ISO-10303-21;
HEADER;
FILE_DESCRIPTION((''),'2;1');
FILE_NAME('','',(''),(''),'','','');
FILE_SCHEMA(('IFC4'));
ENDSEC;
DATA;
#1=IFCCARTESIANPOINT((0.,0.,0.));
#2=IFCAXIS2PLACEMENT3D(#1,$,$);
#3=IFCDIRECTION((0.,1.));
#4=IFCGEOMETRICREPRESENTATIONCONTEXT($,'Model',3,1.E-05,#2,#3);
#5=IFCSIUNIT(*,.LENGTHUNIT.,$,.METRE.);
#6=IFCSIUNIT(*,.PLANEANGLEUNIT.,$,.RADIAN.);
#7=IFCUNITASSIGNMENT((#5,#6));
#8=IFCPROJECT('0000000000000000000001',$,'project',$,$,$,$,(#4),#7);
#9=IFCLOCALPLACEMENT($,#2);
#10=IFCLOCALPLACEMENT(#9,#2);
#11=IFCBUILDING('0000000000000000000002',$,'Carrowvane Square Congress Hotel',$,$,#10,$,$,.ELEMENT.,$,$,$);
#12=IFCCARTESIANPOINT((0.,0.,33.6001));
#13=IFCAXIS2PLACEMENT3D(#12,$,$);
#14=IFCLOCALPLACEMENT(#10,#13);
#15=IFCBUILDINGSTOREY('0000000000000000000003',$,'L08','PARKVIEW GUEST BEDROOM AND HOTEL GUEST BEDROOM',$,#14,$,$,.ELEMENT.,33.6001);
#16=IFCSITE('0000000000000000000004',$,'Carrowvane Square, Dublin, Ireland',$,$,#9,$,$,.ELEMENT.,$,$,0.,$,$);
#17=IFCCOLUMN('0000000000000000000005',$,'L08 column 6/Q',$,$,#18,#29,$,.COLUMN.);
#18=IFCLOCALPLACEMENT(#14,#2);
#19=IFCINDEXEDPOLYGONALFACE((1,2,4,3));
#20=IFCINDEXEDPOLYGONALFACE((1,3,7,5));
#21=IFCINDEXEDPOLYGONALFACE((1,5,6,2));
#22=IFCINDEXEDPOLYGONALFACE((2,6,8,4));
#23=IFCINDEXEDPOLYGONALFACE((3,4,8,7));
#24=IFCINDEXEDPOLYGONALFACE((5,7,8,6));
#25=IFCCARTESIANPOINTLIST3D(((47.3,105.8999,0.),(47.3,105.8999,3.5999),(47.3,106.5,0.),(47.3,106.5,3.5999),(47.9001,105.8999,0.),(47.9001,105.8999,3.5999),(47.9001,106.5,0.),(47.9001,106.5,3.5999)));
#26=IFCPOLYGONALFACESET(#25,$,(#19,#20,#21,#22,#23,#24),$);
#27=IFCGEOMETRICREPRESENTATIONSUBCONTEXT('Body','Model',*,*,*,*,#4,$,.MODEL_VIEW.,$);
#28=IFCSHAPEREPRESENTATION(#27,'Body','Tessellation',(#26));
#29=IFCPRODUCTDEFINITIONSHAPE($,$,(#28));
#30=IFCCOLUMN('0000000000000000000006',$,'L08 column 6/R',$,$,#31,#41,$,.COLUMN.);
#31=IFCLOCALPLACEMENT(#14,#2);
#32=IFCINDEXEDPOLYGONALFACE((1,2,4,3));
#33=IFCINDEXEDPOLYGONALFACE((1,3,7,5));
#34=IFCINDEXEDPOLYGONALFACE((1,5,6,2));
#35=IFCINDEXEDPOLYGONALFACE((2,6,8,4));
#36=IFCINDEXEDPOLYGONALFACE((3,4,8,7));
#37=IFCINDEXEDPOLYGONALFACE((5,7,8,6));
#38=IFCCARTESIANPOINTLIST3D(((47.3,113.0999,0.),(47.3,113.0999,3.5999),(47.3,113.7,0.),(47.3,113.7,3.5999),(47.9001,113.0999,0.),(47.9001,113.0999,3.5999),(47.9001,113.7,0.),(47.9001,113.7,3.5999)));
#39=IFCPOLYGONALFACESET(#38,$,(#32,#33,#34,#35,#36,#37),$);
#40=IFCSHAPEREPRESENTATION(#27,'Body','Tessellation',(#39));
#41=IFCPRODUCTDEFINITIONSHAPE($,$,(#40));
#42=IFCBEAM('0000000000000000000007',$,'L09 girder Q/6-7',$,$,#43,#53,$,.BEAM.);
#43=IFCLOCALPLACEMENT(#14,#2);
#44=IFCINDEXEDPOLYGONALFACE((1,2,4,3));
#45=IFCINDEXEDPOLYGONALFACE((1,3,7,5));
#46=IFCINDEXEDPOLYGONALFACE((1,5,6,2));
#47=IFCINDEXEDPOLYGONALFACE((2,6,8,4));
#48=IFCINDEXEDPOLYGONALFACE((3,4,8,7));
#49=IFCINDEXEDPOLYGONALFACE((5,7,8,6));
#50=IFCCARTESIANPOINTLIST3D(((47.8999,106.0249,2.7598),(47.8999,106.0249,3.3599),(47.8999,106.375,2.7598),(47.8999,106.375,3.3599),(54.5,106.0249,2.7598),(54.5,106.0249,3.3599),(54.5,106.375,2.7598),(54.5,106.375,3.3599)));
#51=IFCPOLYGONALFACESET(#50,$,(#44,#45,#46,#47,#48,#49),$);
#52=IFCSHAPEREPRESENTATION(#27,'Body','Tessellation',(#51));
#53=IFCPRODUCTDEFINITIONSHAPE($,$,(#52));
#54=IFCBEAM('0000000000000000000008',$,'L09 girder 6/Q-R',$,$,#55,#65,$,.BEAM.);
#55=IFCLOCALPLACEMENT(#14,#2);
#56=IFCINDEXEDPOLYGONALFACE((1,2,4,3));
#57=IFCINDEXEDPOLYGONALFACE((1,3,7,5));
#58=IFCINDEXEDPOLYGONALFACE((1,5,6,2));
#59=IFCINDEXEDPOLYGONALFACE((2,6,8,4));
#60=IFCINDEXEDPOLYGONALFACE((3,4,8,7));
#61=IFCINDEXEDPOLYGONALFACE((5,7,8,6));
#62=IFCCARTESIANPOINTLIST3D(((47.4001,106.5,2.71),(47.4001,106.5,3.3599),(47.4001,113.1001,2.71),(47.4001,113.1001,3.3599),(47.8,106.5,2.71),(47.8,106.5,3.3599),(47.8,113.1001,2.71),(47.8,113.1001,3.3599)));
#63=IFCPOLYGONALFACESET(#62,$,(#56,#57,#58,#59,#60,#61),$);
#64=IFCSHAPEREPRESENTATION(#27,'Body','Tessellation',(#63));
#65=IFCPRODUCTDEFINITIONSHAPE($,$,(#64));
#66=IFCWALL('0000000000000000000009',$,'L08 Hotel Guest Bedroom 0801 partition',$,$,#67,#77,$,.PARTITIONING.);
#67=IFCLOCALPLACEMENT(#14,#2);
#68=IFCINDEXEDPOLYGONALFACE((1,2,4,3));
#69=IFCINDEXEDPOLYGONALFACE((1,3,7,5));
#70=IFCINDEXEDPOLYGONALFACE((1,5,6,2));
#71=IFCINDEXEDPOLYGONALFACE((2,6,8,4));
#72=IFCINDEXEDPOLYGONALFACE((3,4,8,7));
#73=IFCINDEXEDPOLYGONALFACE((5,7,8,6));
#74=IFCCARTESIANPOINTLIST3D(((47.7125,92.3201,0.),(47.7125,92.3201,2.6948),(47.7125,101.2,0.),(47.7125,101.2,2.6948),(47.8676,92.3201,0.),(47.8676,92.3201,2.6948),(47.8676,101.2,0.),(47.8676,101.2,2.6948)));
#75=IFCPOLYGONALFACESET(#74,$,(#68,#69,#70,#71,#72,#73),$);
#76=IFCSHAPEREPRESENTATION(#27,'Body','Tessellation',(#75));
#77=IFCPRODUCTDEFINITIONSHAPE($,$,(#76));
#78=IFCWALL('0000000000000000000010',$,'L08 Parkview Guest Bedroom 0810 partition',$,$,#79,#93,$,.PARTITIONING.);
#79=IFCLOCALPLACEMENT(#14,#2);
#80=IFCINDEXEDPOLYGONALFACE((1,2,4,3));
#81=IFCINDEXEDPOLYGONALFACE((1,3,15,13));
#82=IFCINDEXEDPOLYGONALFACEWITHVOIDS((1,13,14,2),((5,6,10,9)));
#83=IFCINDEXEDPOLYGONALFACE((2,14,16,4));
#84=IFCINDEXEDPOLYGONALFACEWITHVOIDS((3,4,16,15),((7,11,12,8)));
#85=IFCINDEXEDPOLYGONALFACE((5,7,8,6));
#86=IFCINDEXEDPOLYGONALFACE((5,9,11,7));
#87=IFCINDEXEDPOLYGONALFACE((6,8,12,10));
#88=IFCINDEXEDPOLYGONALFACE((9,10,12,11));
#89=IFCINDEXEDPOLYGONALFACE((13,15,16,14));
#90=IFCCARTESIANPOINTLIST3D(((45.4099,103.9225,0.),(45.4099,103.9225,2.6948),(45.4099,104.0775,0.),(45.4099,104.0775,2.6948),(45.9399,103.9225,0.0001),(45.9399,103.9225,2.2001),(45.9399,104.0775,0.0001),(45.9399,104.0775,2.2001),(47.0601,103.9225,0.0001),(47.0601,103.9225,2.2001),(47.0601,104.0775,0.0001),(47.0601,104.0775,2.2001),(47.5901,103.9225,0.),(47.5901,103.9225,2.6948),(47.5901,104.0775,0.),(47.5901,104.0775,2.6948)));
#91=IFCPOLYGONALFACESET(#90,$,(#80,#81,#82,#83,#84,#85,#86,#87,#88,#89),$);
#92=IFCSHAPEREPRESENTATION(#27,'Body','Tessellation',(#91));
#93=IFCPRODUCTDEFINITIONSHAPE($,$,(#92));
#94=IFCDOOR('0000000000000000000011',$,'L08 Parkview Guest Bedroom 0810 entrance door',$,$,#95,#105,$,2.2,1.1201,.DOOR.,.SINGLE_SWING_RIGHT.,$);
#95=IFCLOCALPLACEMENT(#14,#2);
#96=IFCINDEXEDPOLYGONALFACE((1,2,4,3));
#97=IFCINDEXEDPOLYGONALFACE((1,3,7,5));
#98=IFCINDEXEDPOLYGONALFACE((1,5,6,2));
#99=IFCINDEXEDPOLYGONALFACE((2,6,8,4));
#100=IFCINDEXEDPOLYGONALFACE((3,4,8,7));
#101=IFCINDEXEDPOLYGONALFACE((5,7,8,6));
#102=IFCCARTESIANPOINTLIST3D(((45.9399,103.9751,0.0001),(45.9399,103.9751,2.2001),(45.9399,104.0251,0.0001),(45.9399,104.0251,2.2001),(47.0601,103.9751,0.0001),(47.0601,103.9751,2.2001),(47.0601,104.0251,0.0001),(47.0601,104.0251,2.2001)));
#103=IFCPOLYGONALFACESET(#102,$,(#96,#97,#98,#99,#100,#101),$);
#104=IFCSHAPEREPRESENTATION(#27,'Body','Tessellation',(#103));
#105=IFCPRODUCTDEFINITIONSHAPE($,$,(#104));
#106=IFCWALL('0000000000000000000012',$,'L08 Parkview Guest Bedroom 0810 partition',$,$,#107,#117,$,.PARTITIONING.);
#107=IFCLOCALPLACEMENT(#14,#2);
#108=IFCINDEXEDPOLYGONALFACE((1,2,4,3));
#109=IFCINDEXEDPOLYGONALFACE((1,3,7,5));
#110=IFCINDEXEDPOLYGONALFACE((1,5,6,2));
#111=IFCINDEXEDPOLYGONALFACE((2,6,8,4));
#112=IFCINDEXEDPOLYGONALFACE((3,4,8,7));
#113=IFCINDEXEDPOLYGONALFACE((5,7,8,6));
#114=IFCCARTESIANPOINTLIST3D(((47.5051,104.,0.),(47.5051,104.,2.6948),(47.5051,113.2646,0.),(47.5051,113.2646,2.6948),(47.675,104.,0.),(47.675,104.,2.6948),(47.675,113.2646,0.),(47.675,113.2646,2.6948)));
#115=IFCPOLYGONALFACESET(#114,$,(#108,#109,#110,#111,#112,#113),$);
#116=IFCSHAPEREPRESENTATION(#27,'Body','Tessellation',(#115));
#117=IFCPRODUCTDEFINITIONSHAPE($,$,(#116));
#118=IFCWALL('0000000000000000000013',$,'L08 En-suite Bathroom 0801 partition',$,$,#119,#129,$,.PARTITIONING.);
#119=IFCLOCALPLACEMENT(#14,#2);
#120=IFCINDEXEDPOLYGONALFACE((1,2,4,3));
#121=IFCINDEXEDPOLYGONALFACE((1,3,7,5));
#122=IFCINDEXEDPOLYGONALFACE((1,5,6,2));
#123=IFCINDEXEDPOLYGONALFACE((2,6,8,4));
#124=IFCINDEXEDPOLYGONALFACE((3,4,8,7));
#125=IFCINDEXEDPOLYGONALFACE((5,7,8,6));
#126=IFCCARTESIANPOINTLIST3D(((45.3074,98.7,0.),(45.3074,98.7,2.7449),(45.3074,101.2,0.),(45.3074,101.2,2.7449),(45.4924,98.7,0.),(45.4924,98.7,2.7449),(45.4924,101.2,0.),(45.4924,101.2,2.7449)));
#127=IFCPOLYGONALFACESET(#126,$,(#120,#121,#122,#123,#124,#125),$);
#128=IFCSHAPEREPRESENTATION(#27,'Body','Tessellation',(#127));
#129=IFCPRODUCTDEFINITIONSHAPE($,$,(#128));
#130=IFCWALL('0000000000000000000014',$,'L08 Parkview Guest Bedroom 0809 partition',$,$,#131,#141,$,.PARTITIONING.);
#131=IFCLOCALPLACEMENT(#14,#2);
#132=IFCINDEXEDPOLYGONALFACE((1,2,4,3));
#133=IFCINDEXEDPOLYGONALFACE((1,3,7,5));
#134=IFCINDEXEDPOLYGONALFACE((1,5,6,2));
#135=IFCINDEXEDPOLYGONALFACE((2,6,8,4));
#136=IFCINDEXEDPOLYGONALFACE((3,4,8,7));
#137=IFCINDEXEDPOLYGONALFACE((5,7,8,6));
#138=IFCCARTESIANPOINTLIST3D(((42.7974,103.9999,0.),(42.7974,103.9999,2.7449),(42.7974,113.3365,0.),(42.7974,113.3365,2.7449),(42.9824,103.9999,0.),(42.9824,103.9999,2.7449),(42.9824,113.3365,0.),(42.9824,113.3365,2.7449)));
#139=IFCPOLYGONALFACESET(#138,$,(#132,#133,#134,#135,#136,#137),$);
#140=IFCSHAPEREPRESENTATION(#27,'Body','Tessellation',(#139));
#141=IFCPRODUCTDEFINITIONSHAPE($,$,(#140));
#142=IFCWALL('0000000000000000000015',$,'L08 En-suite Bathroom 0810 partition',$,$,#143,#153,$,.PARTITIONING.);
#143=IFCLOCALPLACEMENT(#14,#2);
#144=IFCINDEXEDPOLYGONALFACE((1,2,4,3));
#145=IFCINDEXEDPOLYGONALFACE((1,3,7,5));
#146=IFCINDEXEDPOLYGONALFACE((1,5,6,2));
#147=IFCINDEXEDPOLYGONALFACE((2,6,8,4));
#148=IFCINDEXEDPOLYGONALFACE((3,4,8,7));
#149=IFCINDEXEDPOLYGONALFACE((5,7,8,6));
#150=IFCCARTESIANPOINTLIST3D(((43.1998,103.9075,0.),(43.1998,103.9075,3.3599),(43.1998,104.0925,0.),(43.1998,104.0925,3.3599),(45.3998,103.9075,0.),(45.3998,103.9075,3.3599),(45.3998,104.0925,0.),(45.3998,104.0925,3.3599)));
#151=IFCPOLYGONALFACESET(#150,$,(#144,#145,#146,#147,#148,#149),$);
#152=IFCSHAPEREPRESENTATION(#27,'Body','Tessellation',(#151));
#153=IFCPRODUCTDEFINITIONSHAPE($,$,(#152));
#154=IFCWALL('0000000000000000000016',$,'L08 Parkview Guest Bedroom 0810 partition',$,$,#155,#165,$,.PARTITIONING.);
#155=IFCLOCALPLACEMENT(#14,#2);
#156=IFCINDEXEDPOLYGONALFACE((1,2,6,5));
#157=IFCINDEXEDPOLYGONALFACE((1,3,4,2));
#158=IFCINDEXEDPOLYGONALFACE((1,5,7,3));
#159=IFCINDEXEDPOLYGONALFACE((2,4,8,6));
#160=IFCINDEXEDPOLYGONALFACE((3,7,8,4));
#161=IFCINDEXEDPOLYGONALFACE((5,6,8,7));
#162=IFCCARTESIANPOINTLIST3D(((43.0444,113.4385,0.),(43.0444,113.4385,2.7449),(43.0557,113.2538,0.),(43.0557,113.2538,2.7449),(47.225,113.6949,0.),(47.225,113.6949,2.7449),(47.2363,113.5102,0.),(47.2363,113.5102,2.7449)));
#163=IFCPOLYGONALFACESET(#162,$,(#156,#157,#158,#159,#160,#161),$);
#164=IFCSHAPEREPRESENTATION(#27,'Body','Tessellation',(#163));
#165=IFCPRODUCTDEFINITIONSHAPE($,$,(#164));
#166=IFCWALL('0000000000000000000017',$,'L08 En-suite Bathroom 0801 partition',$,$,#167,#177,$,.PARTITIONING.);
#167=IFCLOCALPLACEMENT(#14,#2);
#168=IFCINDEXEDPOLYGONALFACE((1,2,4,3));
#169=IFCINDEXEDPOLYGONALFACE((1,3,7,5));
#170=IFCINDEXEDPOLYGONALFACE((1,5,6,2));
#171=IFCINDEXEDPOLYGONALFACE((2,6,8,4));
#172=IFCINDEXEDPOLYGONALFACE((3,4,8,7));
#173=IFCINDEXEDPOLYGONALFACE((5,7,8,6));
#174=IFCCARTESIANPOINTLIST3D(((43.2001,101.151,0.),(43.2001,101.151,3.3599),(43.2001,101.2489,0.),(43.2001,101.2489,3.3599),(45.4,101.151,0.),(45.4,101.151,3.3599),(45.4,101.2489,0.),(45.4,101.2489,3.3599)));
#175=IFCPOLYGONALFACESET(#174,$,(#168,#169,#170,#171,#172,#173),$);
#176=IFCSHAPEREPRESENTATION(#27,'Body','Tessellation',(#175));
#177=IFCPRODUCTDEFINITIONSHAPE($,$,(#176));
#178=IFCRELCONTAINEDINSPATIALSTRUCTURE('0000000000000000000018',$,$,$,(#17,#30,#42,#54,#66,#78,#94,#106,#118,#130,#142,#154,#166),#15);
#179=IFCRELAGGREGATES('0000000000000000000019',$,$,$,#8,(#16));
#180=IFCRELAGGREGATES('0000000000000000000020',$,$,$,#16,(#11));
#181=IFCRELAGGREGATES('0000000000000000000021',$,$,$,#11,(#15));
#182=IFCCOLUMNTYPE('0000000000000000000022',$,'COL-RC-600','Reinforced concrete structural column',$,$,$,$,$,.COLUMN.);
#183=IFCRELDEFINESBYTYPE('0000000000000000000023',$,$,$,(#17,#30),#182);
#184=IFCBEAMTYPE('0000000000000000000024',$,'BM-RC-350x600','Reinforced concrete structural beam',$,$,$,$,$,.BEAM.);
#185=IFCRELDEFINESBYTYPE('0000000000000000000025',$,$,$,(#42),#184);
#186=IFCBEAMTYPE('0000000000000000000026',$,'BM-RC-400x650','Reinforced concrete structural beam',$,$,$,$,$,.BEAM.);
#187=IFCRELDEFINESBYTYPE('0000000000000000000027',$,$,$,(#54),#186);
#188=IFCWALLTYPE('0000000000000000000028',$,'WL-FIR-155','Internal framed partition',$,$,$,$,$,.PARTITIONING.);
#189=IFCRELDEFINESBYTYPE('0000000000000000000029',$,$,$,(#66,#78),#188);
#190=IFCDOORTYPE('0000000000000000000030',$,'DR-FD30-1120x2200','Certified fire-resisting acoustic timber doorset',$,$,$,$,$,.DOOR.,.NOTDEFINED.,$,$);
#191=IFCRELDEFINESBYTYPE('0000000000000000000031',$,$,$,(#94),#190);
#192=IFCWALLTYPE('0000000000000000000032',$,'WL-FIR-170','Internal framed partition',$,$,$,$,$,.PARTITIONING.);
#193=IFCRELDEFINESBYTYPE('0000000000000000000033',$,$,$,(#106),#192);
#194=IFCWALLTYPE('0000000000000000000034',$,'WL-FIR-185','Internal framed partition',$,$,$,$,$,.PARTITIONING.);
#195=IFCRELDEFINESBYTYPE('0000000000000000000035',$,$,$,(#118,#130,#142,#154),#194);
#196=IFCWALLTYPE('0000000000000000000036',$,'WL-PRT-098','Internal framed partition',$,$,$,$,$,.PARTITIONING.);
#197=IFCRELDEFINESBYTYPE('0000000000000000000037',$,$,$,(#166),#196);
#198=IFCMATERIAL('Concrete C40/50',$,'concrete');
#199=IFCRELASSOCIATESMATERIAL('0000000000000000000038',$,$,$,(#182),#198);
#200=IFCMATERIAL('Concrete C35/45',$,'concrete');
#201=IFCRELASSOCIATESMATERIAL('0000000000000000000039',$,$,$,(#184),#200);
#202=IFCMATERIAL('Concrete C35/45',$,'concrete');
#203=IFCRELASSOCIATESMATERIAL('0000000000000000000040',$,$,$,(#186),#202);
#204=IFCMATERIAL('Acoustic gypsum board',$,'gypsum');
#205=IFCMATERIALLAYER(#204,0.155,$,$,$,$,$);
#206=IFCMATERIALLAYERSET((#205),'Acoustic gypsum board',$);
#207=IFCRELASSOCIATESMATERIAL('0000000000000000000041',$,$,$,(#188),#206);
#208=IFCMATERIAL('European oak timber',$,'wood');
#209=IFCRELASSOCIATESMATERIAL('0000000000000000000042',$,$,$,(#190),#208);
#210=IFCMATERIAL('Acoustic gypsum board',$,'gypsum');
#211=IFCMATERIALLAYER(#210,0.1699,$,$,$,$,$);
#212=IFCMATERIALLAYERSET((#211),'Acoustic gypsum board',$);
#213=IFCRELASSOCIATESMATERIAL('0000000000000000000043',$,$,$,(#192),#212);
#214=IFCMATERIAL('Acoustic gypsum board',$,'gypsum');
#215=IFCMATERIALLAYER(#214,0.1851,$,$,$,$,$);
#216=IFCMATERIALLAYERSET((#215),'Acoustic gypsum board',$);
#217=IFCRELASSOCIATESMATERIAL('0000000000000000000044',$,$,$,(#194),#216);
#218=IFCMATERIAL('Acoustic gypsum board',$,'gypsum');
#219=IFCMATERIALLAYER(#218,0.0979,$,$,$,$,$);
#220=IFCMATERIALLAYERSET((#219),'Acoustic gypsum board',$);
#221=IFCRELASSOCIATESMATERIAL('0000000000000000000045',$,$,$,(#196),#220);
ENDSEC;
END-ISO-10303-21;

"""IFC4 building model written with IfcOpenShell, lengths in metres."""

from ifc_helpers import new_model, si_unit, direction, frame, frame_2d, origin, origin_2d, place, context, subcontext, project, spatial, rectangle, extrude, material, layer, layer_set, material_profile, profile_set, type_object, element, fill, save


model = new_model("IFC4")

# Units and contexts
model_context = context("Model", 3, precision=1e-05, world=origin(), true_north=direction((0.0, 1.0)))
body_context = subcontext(model_context, "Body", "Model", "MODEL_VIEW")
ifc_project = project(units=[si_unit("LENGTHUNIT", "METRE"), si_unit("PLANEANGLEUNIT", "RADIAN")], contexts=[model_context])

# Site, building, storey
site_placement = place(None, origin())
site = spatial("IfcSite", under=ifc_project, at=site_placement, Name="Carrowvane Square, Dublin, Ireland", CompositionType="ELEMENT", RefElevation=0.0)
building_placement = place(site_placement, origin())
building = spatial("IfcBuilding", under=site, at=building_placement, Name="Carrowvane Square Congress Hotel", CompositionType="ELEMENT")
storey_placement = place(building_placement, frame((0.0, 0.0, 33.6001)))
storey = spatial("IfcBuildingStorey", under=building, at=storey_placement, Name="L08", Description="PARKVIEW GUEST BEDROOM AND HOTEL GUEST BEDROOM", CompositionType="ELEMENT", Elevation=33.6001)

# Columns
ifc_material_1 = material(Name="Concrete C40/50", Category="concrete")
ifc_material_profile_1 = material_profile(ifc_material_1, rectangle(XDim=0.6001, YDim=0.6001, at=origin_2d()), Name="RC 600x600")
ifc_profile_set_1 = profile_set([ifc_material_profile_1], Name="Concrete C40/50")
column_type = type_object("IfcColumnType", Name="COL-RC-600", Description="Reinforced concrete structural column", PredefinedType="COLUMN", material=ifc_profile_set_1)
for number, where, z_axis, x_axis, name in (
    (1, (47.6001, 106.2, 0.0), (0.0, 0.0, 1.0), (1.0, 0.0, 0.0), "L08 column 6/Q"),
    (2, (47.6001, 113.3999, 0.0), (0.0, 0.0, 1.0), (1.0, 0.0, 0.0), "L08 column 6/R"),
):
    element("IfcColumn", number, at=place(storey_placement, frame(where, z_axis=z_axis, x_axis=x_axis)), inside=storey, type_object=column_type, Name=name, PredefinedType="COLUMN", context=body_context, shape_type="SweptSolid", body=[
        extrude(rectangle(XDim=0.6001, YDim=0.6001, at=origin_2d()), origin(), (0.0, 0.0, 1.0), 3.5999),
    ])

# Beams
ifc_material_2 = material(Name="Concrete C35/45", Category="concrete")
ifc_material_profile_2 = material_profile(ifc_material_2, rectangle(XDim=0.3501, YDim=0.6001, at=origin_2d()), Name="RC 350x600")
ifc_profile_set_2 = profile_set([ifc_material_profile_2], Name="Concrete C35/45")
beam_type_1 = type_object("IfcBeamType", Name="BM-RC-350x600", Description="Reinforced concrete structural beam", PredefinedType="BEAM", material=ifc_profile_set_2)
beam_1_placement = place(storey_placement, frame((47.8999, 106.2, 3.0598), z_axis=(1.0, 0.0, 0.0), x_axis=(0.0, 1.0, 0.0)))
element("IfcBeam", 3, at=beam_1_placement, inside=storey, type_object=beam_type_1, Name="L09 girder Q/6-7", PredefinedType="BEAM", context=body_context, shape_type="SweptSolid", body=[
    extrude(rectangle(XDim=0.3501, YDim=0.6001, at=origin_2d()), origin(), (0.0, 0.0, 1.0), 6.6001),
])
ifc_material_3 = material(Name="Concrete C35/45", Category="concrete")
ifc_material_profile_3 = material_profile(ifc_material_3, rectangle(XDim=0.3999, YDim=0.6499, at=origin_2d()), Name="RC 400x650")
ifc_profile_set_3 = profile_set([ifc_material_profile_3], Name="Concrete C35/45")
beam_type_2 = type_object("IfcBeamType", Name="BM-RC-400x650", Description="Reinforced concrete structural beam", PredefinedType="BEAM", material=ifc_profile_set_3)
beam_2_placement = place(storey_placement, frame((47.6001, 106.5, 3.0349), z_axis=(0.0, 1.0, 0.0), x_axis=(-1.0, 0.0, 0.0)))
element("IfcBeam", 4, at=beam_2_placement, inside=storey, type_object=beam_type_2, Name="L09 girder 6/Q-R", PredefinedType="BEAM", context=body_context, shape_type="SweptSolid", body=[
    extrude(rectangle(XDim=0.3999, YDim=0.6499, at=origin_2d()), origin(), (0.0, 0.0, 1.0), 6.6001),
])

# Wall
ifc_material_4 = material(Name="Acoustic gypsum board", Category="gypsum")
ifc_layer_1 = layer(ifc_material_4, 0.155)
ifc_layer_set_1 = layer_set([ifc_layer_1], Name="Acoustic gypsum board")
wall_type_1 = type_object("IfcWallType", Name="WL-FIR-155", Description="Internal framed partition", PredefinedType="PARTITIONING", material=ifc_layer_set_1)
wall_1_placement = place(storey_placement, frame((47.79, 101.2, 0.0), z_axis=(0.0, 0.0, 1.0), x_axis=(0.0, -1.0, 0.0)))
element("IfcWall", 5, at=wall_1_placement, inside=storey, type_object=wall_type_1, Name="L08 Hotel Guest Bedroom 0801 partition", PredefinedType="PARTITIONING", context=body_context, shape_type="SweptSolid", body=[
    extrude(rectangle(XDim=8.8799, YDim=0.155, at=frame_2d((4.4399, 0.0))), origin(), (0.0, 0.0, 1.0), 2.6948),
])

# Wall, opening, door
wall_2_placement = place(storey_placement, frame((47.5901, 104.0, 0.0), z_axis=(0.0, 0.0, 1.0), x_axis=(-1.0, 0.0, 0.0)))
wall_2 = element("IfcWall", 6, at=wall_2_placement, inside=storey, type_object=wall_type_1, Name="L08 Parkview Guest Bedroom 0810 partition", PredefinedType="PARTITIONING", context=body_context, shape_type="SweptSolid", body=[
    extrude(rectangle(XDim=2.1802, YDim=0.155, at=frame_2d((1.0901, 0.0))), origin(), (0.0, 0.0, 1.0), 2.6948),
])
opening_1_placement = place(wall_2_placement, frame((0.53, 0.0, 0.0)))
opening_1 = element("IfcOpeningElement", 7, at=opening_1_placement, cuts=wall_2, PredefinedType="OPENING", context=body_context, shape_type="SweptSolid", body=[
    extrude(rectangle(XDim=1.1201, YDim=2.2, at=frame_2d((0.5601, 1.1001))), frame((0.0, 0.0874, 0.0), z_axis=(0.0, -1.0, 0.0), x_axis=(1.0, 0.0, 0.0)), (0.0, 0.0, 1.0), 0.175),
])
ifc_material_5 = material(Name="European oak timber", Category="wood")
door_type_1 = type_object("IfcDoorType", Name="DR-FD30-1120x2200", Description="Certified fire-resisting acoustic timber doorset", OperationType="NOTDEFINED", PredefinedType="DOOR", material=ifc_material_5)
door_1_placement = place(opening_1_placement, origin())
door_1 = element("IfcDoor", 8, at=door_1_placement, inside=storey, type_object=door_type_1, Name="L08 Parkview Guest Bedroom 0810 entrance door", OperationType="SINGLE_SWING_RIGHT", OverallHeight=2.2, OverallWidth=1.1201, PredefinedType="DOOR", context=body_context, shape_type="SweptSolid", body=[
    extrude(rectangle(XDim=1.1201, YDim=2.2, at=frame_2d((0.5601, 1.1001))), frame((0.0, 0.0249, 0.0), z_axis=(0.0, -1.0, 0.0), x_axis=(1.0, 0.0, 0.0)), (0.0, 0.0, 1.0), 0.05),
])
fill(opening_1, door_1)
ifc_material_6 = material(Name="Acoustic gypsum board", Category="gypsum")
ifc_layer_2 = layer(ifc_material_6, 0.1699)
ifc_layer_set_2 = layer_set([ifc_layer_2], Name="Acoustic gypsum board")
wall_type_2 = type_object("IfcWallType", Name="WL-FIR-170", Description="Internal framed partition", PredefinedType="PARTITIONING", material=ifc_layer_set_2)

# Walls
wall_3_placement = place(storey_placement, frame((47.5901, 113.2646, 0.0), z_axis=(0.0, 0.0, 1.0), x_axis=(0.0, -1.0, 0.0)))
element("IfcWall", 9, at=wall_3_placement, inside=storey, type_object=wall_type_2, Name="L08 Parkview Guest Bedroom 0810 partition", PredefinedType="PARTITIONING", context=body_context, shape_type="SweptSolid", body=[
    extrude(rectangle(XDim=9.2646, YDim=0.1699, at=frame_2d((4.6323, 0.0))), origin(), (0.0, 0.0, 1.0), 2.6948),
])
ifc_material_7 = material(Name="Acoustic gypsum board", Category="gypsum")
ifc_layer_3 = layer(ifc_material_7, 0.1851)
ifc_layer_set_3 = layer_set([ifc_layer_3], Name="Acoustic gypsum board")
wall_type_3 = type_object("IfcWallType", Name="WL-FIR-185", Description="Internal framed partition", PredefinedType="PARTITIONING", material=ifc_layer_set_3)
wall_4_placement = place(storey_placement, frame((45.3999, 101.2, 0.0), z_axis=(0.0, 0.0, 1.0), x_axis=(0.0, -1.0, 0.0)))
element("IfcWall", 10, at=wall_4_placement, inside=storey, type_object=wall_type_3, Name="L08 En-suite Bathroom 0801 partition", PredefinedType="PARTITIONING", context=body_context, shape_type="SweptSolid", body=[
    extrude(rectangle(XDim=2.5, YDim=0.1851, at=frame_2d((1.25, 0.0))), origin(), (0.0, 0.0, 1.0), 2.7449),
])
wall_5_placement = place(storey_placement, frame((42.8899, 113.3367, 0.0), z_axis=(0.0, 0.0, 1.0), x_axis=(0.0, -1.0, 0.0)))
element("IfcWall", 11, at=wall_5_placement, inside=storey, type_object=wall_type_3, Name="L08 Parkview Guest Bedroom 0809 partition", PredefinedType="PARTITIONING", context=body_context, shape_type="SweptSolid", body=[
    extrude(rectangle(XDim=9.3367, YDim=0.1851, at=frame_2d((4.6685, 0.0))), origin(), (0.0, 0.0, 1.0), 2.7449),
])
wall_6_placement = place(storey_placement, frame((45.3999, 104.0, 0.0), z_axis=(0.0, 0.0, 1.0), x_axis=(-1.0, 0.0, 0.0)))
element("IfcWall", 12, at=wall_6_placement, inside=storey, type_object=wall_type_3, Name="L08 En-suite Bathroom 0810 partition", PredefinedType="PARTITIONING", context=body_context, shape_type="SweptSolid", body=[
    extrude(rectangle(XDim=2.2, YDim=0.1851, at=frame_2d((1.1001, 0.0))), origin(), (0.0, 0.0, 1.0), 3.3599),
])
wall_7_placement = place(storey_placement, frame((43.05, 113.3462, 0.0), z_axis=(0.0, 0.0, 1.0), x_axis=(0.998125, 0.061203, 0.0)))
element("IfcWall", 13, at=wall_7_placement, inside=storey, type_object=wall_type_3, Name="L08 Parkview Guest Bedroom 0810 partition", PredefinedType="PARTITIONING", context=body_context, shape_type="SweptSolid", body=[
    extrude(rectangle(XDim=4.1885, YDim=0.1851, at=frame_2d((2.0942, 0.0))), origin(), (0.0, 0.0, 1.0), 2.7449),
])
ifc_material_8 = material(Name="Acoustic gypsum board", Category="gypsum")
ifc_layer_4 = layer(ifc_material_8, 0.0979)
ifc_layer_set_4 = layer_set([ifc_layer_4], Name="Acoustic gypsum board")
wall_type_4 = type_object("IfcWallType", Name="WL-PRT-098", Description="Internal framed partition", PredefinedType="PARTITIONING", material=ifc_layer_set_4)
wall_8_placement = place(storey_placement, frame((43.2, 101.2, 0.0), z_axis=(0.0, 0.0, 1.0), x_axis=(1.0, 0.0, 0.0)))
element("IfcWall", 14, at=wall_8_placement, inside=storey, type_object=wall_type_4, Name="L08 En-suite Bathroom 0801 partition", PredefinedType="PARTITIONING", context=body_context, shape_type="SweptSolid", body=[
    extrude(rectangle(XDim=2.2, YDim=0.0979, at=frame_2d((1.1001, 0.0))), origin(), (0.0, 0.0, 1.0), 3.3599),
])

save(model, "model.ifc")
